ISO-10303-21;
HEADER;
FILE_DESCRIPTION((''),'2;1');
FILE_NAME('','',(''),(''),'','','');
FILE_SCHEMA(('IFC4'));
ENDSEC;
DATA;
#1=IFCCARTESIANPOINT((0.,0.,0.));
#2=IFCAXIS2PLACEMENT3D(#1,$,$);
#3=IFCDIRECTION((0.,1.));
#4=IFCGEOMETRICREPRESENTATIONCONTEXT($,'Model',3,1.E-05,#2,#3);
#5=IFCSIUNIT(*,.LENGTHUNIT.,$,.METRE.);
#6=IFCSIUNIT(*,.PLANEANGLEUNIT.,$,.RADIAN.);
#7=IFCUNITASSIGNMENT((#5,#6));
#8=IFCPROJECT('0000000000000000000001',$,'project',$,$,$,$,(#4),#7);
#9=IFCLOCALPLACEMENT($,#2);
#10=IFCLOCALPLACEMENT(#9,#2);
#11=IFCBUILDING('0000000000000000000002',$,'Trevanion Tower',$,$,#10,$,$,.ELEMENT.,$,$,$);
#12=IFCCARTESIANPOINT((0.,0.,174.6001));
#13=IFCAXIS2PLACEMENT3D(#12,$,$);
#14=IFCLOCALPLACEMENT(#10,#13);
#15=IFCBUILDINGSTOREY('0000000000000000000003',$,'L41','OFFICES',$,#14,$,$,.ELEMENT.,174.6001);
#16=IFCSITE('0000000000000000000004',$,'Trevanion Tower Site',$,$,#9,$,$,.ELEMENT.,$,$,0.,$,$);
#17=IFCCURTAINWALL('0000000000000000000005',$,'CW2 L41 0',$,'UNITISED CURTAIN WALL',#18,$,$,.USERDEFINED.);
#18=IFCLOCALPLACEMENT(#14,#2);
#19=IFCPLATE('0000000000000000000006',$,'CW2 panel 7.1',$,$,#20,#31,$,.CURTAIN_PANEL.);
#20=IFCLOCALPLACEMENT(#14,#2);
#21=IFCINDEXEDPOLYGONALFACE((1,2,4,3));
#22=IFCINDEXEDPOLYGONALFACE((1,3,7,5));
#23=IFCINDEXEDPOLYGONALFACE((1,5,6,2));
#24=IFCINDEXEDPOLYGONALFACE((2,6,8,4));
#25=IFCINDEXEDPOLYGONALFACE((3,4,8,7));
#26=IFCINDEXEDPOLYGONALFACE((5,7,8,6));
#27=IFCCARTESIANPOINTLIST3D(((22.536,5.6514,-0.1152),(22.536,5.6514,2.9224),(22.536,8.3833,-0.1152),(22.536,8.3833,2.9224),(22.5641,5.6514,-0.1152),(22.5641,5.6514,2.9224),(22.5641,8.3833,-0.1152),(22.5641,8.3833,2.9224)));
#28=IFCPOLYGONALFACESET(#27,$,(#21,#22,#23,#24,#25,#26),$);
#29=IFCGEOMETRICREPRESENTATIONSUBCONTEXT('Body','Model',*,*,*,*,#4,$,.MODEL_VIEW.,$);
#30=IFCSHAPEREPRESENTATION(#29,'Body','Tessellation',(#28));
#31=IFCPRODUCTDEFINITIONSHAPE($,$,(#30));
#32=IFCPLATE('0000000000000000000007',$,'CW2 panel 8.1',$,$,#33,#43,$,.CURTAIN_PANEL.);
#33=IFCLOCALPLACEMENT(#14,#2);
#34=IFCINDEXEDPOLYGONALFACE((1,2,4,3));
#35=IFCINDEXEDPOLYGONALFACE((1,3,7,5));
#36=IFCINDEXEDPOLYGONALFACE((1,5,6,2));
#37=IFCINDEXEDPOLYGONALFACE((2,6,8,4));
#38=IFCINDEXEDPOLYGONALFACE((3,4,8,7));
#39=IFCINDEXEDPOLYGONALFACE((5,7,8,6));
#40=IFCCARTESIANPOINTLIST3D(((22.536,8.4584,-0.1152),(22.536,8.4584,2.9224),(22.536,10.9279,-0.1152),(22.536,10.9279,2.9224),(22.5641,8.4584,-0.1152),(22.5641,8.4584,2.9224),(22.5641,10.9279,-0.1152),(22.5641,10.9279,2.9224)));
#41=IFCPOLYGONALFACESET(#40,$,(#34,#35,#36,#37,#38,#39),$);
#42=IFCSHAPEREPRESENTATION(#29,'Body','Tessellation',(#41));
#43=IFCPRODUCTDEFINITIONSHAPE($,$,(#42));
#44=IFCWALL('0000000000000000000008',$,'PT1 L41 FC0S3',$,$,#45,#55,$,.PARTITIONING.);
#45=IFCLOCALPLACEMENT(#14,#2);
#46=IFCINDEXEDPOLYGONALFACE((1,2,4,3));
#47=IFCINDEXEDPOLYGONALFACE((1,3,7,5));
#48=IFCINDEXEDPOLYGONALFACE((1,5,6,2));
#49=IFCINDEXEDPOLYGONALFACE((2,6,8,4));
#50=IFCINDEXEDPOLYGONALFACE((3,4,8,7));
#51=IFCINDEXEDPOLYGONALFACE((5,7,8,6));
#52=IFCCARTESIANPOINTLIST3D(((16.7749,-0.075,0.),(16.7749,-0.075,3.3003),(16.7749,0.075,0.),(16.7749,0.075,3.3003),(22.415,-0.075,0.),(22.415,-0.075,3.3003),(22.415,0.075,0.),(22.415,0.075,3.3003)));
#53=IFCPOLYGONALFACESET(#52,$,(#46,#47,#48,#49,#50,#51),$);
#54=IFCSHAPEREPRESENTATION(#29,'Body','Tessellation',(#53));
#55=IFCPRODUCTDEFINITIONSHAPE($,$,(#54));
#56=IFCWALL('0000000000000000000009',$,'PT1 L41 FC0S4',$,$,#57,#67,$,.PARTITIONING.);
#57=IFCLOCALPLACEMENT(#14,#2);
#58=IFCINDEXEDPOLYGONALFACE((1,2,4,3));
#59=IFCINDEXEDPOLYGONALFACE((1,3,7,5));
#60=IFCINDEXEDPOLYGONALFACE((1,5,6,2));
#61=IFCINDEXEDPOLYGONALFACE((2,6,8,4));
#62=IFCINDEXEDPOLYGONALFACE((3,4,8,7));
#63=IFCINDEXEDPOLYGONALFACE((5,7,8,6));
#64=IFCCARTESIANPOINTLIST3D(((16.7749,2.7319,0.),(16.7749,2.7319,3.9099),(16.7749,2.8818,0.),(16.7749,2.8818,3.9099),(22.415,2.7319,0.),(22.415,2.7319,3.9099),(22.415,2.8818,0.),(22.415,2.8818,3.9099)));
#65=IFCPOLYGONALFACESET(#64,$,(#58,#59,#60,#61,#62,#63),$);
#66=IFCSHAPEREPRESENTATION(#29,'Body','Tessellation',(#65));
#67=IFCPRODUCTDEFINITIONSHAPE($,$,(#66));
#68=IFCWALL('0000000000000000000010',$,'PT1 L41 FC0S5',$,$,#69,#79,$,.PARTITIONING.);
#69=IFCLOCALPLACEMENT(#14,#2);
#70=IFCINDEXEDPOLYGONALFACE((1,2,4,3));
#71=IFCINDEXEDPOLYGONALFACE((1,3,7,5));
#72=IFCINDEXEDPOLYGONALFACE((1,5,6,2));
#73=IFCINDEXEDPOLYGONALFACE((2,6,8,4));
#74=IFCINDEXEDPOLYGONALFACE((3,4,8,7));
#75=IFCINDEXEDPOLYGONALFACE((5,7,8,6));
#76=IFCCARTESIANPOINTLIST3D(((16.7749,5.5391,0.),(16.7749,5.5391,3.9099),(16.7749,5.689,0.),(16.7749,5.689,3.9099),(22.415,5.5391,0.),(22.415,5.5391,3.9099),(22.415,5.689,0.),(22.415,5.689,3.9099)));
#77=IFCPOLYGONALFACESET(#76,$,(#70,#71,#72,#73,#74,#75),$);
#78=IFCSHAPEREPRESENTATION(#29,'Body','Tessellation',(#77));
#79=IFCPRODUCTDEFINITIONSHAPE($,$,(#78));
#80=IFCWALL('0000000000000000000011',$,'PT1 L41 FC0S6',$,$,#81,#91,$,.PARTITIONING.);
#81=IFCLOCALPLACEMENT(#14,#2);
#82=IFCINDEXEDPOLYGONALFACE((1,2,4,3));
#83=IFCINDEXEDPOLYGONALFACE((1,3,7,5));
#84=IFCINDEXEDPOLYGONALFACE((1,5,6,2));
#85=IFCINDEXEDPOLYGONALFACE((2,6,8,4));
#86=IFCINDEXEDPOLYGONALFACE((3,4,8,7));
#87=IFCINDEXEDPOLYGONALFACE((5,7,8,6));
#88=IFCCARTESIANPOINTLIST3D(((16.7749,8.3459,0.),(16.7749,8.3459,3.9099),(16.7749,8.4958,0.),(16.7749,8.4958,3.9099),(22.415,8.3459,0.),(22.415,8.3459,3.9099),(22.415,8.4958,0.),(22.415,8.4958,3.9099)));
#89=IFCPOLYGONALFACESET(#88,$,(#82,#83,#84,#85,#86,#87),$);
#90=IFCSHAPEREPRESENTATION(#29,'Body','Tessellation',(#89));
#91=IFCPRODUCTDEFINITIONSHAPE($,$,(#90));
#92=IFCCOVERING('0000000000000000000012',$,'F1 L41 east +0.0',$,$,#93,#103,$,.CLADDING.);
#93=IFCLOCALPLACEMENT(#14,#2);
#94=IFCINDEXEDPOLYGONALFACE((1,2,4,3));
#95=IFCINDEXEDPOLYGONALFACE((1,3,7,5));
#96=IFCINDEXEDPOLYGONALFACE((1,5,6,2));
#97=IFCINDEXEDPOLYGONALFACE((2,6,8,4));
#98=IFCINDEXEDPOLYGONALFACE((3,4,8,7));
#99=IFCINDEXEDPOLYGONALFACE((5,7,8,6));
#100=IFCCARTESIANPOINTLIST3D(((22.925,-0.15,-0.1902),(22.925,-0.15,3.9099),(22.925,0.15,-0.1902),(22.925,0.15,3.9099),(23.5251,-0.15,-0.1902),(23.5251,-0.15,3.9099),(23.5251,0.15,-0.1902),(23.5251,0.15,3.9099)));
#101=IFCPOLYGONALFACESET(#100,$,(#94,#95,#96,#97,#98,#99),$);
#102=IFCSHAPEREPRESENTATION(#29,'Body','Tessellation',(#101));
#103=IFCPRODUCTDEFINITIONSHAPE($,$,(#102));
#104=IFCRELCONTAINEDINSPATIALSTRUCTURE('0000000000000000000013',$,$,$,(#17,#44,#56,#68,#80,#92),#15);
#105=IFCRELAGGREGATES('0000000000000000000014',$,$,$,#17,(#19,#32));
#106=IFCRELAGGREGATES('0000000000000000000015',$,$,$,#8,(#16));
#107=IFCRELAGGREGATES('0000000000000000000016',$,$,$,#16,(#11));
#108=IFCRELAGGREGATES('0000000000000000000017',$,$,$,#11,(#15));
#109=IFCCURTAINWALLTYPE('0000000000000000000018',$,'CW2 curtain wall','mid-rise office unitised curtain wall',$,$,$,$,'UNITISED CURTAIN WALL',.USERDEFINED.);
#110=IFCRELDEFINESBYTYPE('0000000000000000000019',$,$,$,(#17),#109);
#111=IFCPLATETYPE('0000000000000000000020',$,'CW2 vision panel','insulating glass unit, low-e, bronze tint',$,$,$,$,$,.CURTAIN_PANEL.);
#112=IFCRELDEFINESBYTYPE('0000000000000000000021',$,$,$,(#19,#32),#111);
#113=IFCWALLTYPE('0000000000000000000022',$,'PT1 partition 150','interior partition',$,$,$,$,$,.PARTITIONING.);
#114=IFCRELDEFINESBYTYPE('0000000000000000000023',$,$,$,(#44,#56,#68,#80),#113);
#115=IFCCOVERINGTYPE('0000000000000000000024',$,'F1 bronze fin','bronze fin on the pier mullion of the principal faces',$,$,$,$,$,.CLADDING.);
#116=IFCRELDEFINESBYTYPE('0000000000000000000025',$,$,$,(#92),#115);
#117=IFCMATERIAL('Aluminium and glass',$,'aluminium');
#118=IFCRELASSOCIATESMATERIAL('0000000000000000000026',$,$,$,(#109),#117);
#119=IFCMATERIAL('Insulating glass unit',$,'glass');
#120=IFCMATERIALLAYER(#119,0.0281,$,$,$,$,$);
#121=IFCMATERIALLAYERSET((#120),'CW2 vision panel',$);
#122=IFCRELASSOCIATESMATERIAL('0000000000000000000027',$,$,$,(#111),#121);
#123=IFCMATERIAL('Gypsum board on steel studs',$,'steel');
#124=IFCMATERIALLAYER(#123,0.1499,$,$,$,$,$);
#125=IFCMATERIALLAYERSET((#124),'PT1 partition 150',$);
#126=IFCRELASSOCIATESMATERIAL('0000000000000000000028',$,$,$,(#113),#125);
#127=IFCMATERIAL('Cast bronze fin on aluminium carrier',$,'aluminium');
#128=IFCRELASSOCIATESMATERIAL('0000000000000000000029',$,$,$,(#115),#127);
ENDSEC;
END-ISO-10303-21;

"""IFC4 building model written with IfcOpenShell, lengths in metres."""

from ifc_helpers import new_model, si_unit, direction, frame, frame_2d, origin, origin_2d, place, context, subcontext, project, spatial, rectangle, extrude, material, layer, layer_set, type_object, element, aggregate, save


model = new_model("IFC4")

# Units and contexts
model_context = context("Model", 3, precision=1e-05, world=origin(), true_north=direction((0.0, 1.0)))
body_context = subcontext(model_context, "Body", "Model", "MODEL_VIEW")
ifc_project = project(units=[si_unit("LENGTHUNIT", "METRE"), si_unit("PLANEANGLEUNIT", "RADIAN")], contexts=[model_context])

# Site, building, storey
site_placement = place(None, origin())
site = spatial("IfcSite", under=ifc_project, at=site_placement, Name="Trevanion Tower Site", CompositionType="ELEMENT", RefElevation=0.0)
building_placement = place(site_placement, origin())
building = spatial("IfcBuilding", under=site, at=building_placement, Name="Trevanion Tower", CompositionType="ELEMENT")
storey_placement = place(building_placement, frame((0.0, 0.0, 174.6001)))
storey = spatial("IfcBuildingStorey", under=building, at=storey_placement, Name="L41", Description="OFFICES", CompositionType="ELEMENT", Elevation=174.6001)

# Curtain wall
ifc_material_1 = material(Name="Aluminium and glass", Category="aluminium")
curtain_wall_type = type_object("IfcCurtainWallType", Name="CW2 curtain wall", Description="mid-rise office unitised curtain wall", ElementType="UNITISED CURTAIN WALL", PredefinedType="USERDEFINED", material=ifc_material_1)
curtain_wall_placement = place(storey_placement, origin())
curtain_wall = element("IfcCurtainWall", 1, at=curtain_wall_placement, inside=storey, type_object=curtain_wall_type, Name="CW2 L41 0", ObjectType="UNITISED CURTAIN WALL", PredefinedType="USERDEFINED")

# Plates
ifc_material_2 = material(Name="Insulating glass unit", Category="glass")
ifc_layer_1 = layer(ifc_material_2, 0.0281)
ifc_layer_set_1 = layer_set([ifc_layer_1], Name="CW2 vision panel")
plate_type_1 = type_object("IfcPlateType", Name="CW2 vision panel", Description="insulating glass unit, low-e, bronze tint", PredefinedType="CURTAIN_PANEL", material=ifc_layer_set_1)
plate_1_placement = place(storey_placement, frame((22.55, 7.0173, -0.1152), z_axis=(0.0, 0.0, 1.0), x_axis=(0.0, 1.0, 0.0)))
plate_1 = element("IfcPlate", 2, at=plate_1_placement, type_object=plate_type_1, Name="CW2 panel 7.1", PredefinedType="CURTAIN_PANEL", context=body_context, shape_type="SweptSolid", body=[
    extrude(rectangle(XDim=2.7319, YDim=0.0281, at=origin_2d()), origin(), (0.0, 0.0, 1.0), 3.0376),
])
plate_2_placement = place(storey_placement, frame((22.55, 9.6931, -0.1152), z_axis=(0.0, 0.0, 1.0), x_axis=(0.0, 1.0, 0.0)))
plate_2 = element("IfcPlate", 3, at=plate_2_placement, type_object=plate_type_1, Name="CW2 panel 8.1", PredefinedType="CURTAIN_PANEL", context=body_context, shape_type="SweptSolid", body=[
    extrude(rectangle(XDim=2.4695, YDim=0.0281, at=origin_2d()), origin(), (0.0, 0.0, 1.0), 3.0376),
])
aggregate(curtain_wall, [plate_1, plate_2])

# Walls
ifc_material_3 = material(Name="Gypsum board on steel studs", Category="steel")
ifc_layer_2 = layer(ifc_material_3, 0.1499)
ifc_layer_set_2 = layer_set([ifc_layer_2], Name="PT1 partition 150")
wall_type = type_object("IfcWallType", Name="PT1 partition 150", Description="interior partition", PredefinedType="PARTITIONING", material=ifc_layer_set_2)
wall_placement = place(storey_placement, frame((16.7749, 0.0, 0.0), z_axis=(0.0, 0.0, 1.0), x_axis=(1.0, 0.0, 0.0)))
element("IfcWall", 4, at=wall_placement, inside=storey, type_object=wall_type, Name="PT1 L41 FC0S3", PredefinedType="PARTITIONING", context=body_context, shape_type="SweptSolid", body=[
    extrude(rectangle(XDim=5.6401, YDim=0.1499, at=frame_2d((2.8201, 0.0))), origin(), (0.0, 0.0, 1.0), 3.3003),
])
for number, where, z_axis, x_axis, name in (
    (5, (16.7749, 2.8069, 0.0), (0.0, 0.0, 1.0), (1.0, 0.0, 0.0), "PT1 L41 FC0S4"),
    (6, (16.7749, 5.614, 0.0), (0.0, 0.0, 1.0), (1.0, 0.0, 0.0), "PT1 L41 FC0S5"),
    (7, (16.7749, 8.4209, 0.0), (0.0, 0.0, 1.0), (1.0, 0.0, 0.0), "PT1 L41 FC0S6"),
):
    element("IfcWall", number, at=place(storey_placement, frame(where, z_axis=z_axis, x_axis=x_axis)), inside=storey, type_object=wall_type, Name=name, PredefinedType="PARTITIONING", context=body_context, shape_type="SweptSolid", body=[
        extrude(rectangle(XDim=5.6401, YDim=0.1499, at=frame_2d((2.8201, 0.0))), origin(), (0.0, 0.0, 1.0), 3.9099),
    ])

# Covering
ifc_material_4 = material(Name="Cast bronze fin on aluminium carrier", Category="aluminium")
covering_type = type_object("IfcCoveringType", Name="F1 bronze fin", Description="bronze fin on the pier mullion of the principal faces", PredefinedType="CLADDING", material=ifc_material_4)
covering_placement = place(storey_placement, frame((23.2251, 0.0, -0.1902), z_axis=(0.0, 0.0, 1.0), x_axis=(0.0, 1.0, 0.0)))
element("IfcCovering", 8, at=covering_placement, inside=storey, type_object=covering_type, Name="F1 L41 east +0.0", PredefinedType="CLADDING", context=body_context, shape_type="SweptSolid", body=[
    extrude(rectangle(XDim=0.3, YDim=0.6001, at=origin_2d()), origin(), (0.0, 0.0, 1.0), 4.1001),
])

save(model, "model.ifc")
